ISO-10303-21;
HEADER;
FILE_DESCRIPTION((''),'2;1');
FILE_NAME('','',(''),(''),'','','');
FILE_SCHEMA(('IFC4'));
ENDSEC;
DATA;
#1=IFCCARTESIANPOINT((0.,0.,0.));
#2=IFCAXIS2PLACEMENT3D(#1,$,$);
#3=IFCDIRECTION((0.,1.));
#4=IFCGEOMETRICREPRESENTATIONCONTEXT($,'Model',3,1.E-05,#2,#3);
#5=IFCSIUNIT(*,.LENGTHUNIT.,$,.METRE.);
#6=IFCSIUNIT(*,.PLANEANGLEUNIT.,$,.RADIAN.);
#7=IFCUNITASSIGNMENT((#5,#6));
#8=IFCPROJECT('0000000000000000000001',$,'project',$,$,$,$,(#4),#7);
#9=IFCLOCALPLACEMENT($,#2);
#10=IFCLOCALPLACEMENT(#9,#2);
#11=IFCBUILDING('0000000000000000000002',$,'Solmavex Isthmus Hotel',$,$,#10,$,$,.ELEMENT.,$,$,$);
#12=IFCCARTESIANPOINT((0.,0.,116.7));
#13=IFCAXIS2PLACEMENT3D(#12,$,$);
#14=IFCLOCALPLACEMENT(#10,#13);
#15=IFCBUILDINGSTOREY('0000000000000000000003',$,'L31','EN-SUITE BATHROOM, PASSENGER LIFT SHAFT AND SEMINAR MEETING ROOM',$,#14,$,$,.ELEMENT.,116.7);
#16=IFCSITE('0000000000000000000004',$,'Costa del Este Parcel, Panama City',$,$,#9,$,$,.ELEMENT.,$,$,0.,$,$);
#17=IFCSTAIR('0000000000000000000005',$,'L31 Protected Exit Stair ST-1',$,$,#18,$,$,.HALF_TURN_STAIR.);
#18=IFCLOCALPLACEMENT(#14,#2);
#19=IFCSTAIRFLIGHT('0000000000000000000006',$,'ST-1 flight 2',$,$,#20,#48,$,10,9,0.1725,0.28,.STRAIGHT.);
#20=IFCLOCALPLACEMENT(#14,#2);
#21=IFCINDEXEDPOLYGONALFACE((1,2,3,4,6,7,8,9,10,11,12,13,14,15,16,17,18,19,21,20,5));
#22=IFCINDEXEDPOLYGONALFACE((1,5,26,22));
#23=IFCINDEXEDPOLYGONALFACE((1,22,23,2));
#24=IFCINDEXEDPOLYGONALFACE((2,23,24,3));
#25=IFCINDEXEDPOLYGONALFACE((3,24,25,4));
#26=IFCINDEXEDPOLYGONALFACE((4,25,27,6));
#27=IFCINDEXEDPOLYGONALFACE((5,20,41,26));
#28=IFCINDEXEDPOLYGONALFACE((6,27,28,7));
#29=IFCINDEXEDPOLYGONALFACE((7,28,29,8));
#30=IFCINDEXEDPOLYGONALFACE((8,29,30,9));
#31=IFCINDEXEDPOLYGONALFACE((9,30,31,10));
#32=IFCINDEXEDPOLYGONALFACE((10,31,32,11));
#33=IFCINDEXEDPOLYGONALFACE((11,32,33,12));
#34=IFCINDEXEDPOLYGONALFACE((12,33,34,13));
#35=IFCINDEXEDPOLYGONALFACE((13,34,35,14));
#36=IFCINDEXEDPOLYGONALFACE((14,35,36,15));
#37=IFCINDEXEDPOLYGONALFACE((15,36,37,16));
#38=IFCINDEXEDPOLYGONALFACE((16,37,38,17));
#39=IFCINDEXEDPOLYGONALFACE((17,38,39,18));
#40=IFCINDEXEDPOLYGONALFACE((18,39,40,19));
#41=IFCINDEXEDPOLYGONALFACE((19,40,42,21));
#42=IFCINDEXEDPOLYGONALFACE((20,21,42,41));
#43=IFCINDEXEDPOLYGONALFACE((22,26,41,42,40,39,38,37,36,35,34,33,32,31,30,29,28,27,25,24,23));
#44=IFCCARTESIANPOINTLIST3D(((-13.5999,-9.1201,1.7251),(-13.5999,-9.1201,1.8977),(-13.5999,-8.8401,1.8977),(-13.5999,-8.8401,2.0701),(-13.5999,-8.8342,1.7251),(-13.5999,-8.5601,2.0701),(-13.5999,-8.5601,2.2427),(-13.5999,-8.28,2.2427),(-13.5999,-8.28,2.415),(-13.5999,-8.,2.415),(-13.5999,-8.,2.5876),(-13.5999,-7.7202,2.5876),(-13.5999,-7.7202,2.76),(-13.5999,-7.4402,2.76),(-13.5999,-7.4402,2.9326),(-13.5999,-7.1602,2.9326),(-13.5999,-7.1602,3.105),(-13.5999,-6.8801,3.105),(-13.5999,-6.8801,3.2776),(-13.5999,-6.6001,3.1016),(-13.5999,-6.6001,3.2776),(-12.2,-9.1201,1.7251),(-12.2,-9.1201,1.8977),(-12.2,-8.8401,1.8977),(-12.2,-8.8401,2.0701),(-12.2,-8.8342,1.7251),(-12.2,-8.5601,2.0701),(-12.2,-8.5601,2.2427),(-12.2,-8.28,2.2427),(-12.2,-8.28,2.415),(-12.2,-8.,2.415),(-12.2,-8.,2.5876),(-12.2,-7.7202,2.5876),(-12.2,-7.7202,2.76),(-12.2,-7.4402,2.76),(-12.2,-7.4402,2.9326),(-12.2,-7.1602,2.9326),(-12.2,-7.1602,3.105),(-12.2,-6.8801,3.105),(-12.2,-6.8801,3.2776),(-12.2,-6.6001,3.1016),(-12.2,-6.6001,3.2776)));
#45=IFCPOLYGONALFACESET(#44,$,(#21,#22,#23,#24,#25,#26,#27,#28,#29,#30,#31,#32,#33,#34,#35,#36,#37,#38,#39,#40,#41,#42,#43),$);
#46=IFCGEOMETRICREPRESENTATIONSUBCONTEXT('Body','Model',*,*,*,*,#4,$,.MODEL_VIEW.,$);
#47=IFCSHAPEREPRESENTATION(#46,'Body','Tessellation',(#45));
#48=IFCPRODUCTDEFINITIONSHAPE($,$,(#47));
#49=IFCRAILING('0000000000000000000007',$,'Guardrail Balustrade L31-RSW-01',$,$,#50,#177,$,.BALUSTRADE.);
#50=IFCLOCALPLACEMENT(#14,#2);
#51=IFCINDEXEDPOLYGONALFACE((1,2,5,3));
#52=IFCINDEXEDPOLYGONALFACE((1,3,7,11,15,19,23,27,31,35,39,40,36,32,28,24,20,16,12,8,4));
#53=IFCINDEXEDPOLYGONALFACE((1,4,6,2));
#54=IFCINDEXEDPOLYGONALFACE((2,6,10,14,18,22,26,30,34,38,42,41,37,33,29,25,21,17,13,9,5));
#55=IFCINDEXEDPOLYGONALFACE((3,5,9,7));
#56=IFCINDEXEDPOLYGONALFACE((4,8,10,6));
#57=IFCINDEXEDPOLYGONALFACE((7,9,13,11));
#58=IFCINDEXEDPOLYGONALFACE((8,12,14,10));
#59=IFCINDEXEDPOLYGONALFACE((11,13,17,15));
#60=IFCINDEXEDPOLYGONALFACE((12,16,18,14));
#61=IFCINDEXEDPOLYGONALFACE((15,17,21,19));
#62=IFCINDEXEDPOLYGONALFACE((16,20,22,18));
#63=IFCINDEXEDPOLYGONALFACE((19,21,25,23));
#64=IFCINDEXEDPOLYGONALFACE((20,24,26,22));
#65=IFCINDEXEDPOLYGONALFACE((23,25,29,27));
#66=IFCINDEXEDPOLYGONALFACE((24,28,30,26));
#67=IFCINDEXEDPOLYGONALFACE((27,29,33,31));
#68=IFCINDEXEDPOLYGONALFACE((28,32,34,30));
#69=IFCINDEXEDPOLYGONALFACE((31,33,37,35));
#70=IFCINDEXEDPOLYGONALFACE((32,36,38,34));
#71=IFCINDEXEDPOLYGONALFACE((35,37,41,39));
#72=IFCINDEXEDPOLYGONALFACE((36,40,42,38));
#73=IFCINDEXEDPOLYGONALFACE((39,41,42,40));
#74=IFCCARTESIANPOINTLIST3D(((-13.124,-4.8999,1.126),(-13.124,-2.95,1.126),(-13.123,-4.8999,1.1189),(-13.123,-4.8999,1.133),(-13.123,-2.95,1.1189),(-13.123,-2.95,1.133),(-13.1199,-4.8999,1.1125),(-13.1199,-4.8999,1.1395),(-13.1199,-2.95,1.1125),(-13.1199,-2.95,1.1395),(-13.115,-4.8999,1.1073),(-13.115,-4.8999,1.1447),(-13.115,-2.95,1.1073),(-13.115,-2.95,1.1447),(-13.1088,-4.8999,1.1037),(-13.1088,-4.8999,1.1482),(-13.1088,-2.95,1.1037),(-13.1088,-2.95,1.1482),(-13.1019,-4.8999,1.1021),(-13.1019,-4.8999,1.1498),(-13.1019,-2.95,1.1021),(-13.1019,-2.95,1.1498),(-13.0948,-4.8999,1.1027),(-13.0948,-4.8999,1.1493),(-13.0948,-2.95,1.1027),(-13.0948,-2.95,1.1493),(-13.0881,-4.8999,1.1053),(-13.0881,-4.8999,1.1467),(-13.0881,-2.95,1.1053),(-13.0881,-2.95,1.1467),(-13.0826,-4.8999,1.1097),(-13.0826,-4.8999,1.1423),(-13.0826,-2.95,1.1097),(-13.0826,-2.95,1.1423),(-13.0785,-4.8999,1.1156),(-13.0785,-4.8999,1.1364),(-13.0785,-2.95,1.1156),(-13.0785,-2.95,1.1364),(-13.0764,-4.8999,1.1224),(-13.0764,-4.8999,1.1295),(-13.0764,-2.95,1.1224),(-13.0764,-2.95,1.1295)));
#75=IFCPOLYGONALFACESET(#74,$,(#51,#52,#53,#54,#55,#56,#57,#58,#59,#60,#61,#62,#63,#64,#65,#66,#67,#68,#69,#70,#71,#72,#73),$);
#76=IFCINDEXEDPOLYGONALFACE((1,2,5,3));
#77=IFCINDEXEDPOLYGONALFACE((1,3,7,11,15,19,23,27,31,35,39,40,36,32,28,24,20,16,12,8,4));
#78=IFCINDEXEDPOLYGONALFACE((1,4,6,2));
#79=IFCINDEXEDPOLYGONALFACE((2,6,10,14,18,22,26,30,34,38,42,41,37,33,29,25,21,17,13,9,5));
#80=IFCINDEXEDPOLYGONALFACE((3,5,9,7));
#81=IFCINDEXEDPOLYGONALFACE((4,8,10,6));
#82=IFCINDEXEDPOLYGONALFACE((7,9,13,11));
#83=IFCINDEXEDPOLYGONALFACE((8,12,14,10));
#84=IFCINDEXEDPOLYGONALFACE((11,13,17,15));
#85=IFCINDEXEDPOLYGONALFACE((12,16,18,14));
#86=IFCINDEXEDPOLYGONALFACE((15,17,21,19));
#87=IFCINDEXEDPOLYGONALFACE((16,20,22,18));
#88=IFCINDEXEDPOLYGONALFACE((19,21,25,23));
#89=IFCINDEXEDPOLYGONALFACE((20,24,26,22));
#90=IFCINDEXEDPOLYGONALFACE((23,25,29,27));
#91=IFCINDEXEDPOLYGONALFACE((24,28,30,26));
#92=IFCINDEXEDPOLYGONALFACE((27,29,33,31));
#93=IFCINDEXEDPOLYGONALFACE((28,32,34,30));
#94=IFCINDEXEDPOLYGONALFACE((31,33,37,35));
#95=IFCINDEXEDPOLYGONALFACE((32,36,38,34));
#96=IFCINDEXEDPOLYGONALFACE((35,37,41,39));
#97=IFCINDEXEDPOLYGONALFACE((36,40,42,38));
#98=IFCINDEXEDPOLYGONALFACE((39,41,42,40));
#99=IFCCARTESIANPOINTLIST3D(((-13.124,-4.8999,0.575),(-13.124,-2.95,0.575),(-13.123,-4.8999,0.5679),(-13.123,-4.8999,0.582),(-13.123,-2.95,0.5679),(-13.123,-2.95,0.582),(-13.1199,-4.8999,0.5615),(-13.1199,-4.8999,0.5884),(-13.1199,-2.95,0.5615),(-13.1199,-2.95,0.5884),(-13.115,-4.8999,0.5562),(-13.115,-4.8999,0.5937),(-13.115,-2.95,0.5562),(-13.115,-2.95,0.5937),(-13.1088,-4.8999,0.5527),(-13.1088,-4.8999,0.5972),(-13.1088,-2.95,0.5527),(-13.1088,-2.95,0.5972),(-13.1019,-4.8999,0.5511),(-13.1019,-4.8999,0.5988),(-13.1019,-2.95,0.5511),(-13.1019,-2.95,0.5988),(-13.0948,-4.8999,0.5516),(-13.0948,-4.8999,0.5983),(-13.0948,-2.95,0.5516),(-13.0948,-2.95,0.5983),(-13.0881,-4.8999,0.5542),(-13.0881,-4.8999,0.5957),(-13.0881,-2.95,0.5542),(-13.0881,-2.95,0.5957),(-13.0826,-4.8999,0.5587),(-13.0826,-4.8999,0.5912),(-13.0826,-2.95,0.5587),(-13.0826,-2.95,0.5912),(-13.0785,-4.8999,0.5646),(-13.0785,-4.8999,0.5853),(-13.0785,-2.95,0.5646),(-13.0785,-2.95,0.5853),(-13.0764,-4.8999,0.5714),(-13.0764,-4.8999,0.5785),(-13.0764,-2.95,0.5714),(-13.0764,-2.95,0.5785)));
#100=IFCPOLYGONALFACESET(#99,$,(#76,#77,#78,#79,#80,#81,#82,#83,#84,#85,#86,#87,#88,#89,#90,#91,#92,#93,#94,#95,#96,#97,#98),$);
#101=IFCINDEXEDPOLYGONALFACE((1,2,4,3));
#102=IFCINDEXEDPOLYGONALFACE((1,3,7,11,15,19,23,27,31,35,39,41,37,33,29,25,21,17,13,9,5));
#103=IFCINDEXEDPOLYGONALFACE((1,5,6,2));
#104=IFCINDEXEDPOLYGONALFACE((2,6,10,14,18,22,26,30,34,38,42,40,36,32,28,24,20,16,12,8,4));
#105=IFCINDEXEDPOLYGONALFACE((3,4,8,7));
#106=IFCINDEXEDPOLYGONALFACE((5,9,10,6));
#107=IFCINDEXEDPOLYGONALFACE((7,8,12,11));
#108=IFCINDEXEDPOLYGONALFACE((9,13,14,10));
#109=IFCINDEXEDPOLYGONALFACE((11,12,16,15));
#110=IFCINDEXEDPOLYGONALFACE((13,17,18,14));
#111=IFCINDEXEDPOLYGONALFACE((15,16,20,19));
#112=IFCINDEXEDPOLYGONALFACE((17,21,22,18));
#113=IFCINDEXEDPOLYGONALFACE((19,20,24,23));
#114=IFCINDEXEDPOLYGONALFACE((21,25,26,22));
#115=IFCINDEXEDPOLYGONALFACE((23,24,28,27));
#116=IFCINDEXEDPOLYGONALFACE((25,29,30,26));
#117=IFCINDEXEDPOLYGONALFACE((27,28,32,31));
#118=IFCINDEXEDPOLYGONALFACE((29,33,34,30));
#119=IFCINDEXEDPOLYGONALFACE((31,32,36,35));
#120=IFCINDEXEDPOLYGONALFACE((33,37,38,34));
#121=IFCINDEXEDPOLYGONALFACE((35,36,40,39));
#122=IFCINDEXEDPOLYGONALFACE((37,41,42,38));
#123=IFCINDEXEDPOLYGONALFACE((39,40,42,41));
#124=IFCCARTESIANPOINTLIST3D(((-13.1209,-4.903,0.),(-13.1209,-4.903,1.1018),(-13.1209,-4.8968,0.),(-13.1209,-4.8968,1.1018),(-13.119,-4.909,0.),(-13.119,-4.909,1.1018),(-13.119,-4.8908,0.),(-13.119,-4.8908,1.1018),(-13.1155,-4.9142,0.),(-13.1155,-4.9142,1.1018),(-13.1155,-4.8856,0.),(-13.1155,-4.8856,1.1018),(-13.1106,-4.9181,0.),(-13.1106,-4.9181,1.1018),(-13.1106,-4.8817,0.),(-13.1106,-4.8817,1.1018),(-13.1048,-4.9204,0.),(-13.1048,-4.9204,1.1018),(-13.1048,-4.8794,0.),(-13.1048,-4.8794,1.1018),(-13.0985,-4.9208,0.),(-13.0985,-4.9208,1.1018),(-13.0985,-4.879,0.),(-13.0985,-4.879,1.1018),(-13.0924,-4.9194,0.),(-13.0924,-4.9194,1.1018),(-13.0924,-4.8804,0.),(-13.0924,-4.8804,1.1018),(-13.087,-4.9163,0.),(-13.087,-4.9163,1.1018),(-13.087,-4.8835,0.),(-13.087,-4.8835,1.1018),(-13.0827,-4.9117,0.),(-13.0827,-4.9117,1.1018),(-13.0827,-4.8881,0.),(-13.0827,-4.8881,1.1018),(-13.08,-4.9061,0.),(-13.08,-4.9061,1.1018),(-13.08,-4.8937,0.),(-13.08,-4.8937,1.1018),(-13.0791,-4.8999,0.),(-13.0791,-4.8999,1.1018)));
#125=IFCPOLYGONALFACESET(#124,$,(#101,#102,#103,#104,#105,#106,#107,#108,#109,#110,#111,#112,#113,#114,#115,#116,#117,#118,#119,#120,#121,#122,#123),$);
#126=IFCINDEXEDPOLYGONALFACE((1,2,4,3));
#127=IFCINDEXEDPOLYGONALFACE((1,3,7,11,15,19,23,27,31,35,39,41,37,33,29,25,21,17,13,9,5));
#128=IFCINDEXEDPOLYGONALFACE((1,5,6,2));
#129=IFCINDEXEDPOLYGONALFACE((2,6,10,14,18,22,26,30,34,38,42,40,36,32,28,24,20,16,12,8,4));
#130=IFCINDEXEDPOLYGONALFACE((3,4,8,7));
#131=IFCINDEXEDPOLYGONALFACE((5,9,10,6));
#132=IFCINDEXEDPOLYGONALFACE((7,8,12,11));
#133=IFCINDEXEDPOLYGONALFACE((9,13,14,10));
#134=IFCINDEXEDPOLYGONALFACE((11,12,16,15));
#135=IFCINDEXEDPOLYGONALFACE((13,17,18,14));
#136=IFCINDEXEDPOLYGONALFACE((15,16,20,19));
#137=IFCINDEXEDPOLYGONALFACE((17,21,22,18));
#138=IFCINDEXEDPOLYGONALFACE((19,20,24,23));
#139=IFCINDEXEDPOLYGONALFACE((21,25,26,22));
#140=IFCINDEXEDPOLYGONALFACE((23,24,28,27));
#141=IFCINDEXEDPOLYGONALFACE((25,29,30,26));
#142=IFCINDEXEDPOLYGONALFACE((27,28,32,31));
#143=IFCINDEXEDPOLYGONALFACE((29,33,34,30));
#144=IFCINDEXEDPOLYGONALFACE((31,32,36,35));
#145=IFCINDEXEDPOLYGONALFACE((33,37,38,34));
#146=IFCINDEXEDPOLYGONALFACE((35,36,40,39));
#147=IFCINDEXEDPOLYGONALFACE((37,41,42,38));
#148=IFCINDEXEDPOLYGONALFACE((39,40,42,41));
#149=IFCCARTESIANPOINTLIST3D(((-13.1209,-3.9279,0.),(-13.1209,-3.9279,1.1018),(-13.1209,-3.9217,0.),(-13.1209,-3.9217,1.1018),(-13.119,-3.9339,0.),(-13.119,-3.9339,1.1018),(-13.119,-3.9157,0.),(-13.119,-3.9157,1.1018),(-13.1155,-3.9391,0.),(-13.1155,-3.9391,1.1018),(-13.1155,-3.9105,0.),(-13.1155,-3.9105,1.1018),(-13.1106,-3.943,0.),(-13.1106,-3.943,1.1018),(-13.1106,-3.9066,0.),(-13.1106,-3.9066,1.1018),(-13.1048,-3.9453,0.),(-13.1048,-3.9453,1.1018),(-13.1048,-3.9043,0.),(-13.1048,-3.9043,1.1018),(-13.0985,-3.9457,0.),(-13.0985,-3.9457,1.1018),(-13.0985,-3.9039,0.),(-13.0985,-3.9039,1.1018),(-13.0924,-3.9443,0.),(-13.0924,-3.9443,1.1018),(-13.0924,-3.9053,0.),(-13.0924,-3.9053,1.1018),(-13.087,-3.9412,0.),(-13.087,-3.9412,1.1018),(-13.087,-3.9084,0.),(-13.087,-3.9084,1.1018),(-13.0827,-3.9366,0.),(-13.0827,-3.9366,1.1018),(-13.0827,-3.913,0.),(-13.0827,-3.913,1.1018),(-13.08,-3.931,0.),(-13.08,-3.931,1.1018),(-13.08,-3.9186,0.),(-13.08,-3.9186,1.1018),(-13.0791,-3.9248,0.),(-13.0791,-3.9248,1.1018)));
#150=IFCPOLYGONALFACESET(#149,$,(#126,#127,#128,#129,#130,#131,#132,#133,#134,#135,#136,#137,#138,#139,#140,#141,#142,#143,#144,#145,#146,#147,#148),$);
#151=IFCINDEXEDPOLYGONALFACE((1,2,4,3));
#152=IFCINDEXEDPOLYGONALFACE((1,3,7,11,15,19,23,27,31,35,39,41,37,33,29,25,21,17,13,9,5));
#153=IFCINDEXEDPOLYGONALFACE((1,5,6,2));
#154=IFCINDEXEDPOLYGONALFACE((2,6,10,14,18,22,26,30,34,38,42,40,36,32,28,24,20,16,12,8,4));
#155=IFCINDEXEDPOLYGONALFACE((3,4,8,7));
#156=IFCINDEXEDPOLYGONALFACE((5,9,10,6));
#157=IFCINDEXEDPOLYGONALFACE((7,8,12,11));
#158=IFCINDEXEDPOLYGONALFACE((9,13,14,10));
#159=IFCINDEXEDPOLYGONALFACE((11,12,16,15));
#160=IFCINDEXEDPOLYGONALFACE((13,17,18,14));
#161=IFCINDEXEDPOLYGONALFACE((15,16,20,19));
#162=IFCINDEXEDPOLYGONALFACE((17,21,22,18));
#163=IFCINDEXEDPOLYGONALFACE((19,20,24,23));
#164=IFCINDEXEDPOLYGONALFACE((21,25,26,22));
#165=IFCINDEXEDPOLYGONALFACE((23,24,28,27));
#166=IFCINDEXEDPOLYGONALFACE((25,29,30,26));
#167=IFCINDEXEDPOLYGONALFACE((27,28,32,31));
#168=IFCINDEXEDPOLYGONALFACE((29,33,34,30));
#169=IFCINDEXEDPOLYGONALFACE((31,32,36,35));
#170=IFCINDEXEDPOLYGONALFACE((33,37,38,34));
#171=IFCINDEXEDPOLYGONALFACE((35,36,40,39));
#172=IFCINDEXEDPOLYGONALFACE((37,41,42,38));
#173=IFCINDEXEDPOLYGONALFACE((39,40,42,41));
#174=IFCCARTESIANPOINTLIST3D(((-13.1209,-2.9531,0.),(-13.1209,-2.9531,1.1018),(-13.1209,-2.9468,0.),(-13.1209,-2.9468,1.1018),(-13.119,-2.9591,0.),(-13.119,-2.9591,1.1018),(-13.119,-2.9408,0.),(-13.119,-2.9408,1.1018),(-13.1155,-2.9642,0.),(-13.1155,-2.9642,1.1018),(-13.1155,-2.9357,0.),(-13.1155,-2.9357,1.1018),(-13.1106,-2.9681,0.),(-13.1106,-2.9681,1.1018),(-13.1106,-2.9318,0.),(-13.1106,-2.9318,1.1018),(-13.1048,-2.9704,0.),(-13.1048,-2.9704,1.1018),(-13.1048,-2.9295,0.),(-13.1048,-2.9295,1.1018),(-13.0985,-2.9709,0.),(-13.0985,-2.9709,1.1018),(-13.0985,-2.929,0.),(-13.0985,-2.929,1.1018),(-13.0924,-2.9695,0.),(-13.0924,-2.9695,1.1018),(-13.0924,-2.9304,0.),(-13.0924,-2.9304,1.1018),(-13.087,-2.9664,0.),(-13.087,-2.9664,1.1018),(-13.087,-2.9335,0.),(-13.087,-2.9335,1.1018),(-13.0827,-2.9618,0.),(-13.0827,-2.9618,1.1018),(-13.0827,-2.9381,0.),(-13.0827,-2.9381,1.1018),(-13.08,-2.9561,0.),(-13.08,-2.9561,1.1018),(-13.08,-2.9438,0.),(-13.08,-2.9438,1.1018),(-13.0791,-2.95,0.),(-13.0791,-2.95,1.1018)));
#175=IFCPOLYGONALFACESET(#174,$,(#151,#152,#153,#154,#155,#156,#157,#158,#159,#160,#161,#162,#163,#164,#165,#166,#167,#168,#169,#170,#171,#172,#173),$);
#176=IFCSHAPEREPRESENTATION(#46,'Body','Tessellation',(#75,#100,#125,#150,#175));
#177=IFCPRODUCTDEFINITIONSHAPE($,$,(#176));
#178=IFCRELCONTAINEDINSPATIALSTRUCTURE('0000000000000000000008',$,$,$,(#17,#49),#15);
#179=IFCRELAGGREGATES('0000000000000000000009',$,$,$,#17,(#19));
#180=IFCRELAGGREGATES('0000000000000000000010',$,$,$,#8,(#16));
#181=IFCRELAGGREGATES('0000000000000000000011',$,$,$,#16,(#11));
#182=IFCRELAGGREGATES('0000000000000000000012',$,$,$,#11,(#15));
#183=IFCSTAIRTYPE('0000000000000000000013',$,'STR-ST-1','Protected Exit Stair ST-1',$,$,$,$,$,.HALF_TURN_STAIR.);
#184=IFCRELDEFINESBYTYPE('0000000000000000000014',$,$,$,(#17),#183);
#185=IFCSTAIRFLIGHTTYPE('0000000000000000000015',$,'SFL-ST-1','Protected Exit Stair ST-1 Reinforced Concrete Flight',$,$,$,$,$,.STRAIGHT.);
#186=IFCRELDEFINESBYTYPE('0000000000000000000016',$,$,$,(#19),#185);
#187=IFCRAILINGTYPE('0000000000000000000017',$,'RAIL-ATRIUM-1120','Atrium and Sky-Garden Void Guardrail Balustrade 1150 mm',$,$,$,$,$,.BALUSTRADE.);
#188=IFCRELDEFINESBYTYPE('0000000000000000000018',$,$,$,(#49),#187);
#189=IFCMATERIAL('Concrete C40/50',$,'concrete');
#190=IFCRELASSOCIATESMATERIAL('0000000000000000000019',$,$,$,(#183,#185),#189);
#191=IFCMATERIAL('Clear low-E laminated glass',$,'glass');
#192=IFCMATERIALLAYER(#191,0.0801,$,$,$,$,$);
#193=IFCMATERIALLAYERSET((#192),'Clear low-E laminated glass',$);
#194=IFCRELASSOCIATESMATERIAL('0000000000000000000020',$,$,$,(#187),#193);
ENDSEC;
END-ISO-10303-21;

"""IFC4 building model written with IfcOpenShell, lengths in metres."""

from ifc_helpers import new_model, si_unit, direction, frame, origin, origin_2d, place, context, subcontext, project, spatial, polyline, circle, outline, extrude, material, layer, layer_set, type_object, element, aggregate, save


model = new_model("IFC4")

# Units and contexts
model_context = context("Model", 3, precision=1e-05, world=origin(), true_north=direction((0.0, 1.0)))
body_context = subcontext(model_context, "Body", "Model", "MODEL_VIEW")
ifc_project = project(units=[si_unit("LENGTHUNIT", "METRE"), si_unit("PLANEANGLEUNIT", "RADIAN")], contexts=[model_context])

# Site, building, storey
site_placement = place(None, origin())
site = spatial("IfcSite", under=ifc_project, at=site_placement, Name="Costa del Este Parcel, Panama City", CompositionType="ELEMENT", RefElevation=0.0)
building_placement = place(site_placement, origin())
building = spatial("IfcBuilding", under=site, at=building_placement, Name="Solmavex Isthmus Hotel", CompositionType="ELEMENT")
storey_placement = place(building_placement, frame((0.0, 0.0, 116.7)))
storey = spatial("IfcBuildingStorey", under=building, at=storey_placement, Name="L31", Description="EN-SUITE BATHROOM, PASSENGER LIFT SHAFT AND SEMINAR MEETING ROOM", CompositionType="ELEMENT", Elevation=116.7)

# Shared definitions
ifc_material_1 = material(Name="Clear low-E laminated glass", Category="glass")

# Shared definitions
ifc_material_2 = material(Name="Concrete C40/50", Category="concrete")

# Stair, stair flight
stair_type = type_object("IfcStairType", Name="STR-ST-1", Description="Protected Exit Stair ST-1", PredefinedType="HALF_TURN_STAIR", material=ifc_material_2)
stair_placement = place(storey_placement, origin())
stair = element("IfcStair", 1, at=stair_placement, inside=storey, type_object=stair_type, Name="L31 Protected Exit Stair ST-1", PredefinedType="HALF_TURN_STAIR")
stair_flight_type = type_object("IfcStairFlightType", Name="SFL-ST-1", Description="Protected Exit Stair ST-1 Reinforced Concrete Flight", PredefinedType="STRAIGHT", material=ifc_material_2)
stair_flight_1_placement = place(storey_placement, frame((-12.8999, -9.1201, 1.7251), z_axis=(0.0, 0.0, 1.0), x_axis=(0.0, 1.0, 0.0)))
stair_flight_1 = element("IfcStairFlight", 2, at=stair_flight_1_placement, type_object=stair_flight_type, Name="ST-1 flight 2", NumberOfRisers=10, NumberOfTreads=9, PredefinedType="STRAIGHT", RiserHeight=0.1725, TreadLength=0.28, context=body_context, shape_type="SweptSolid", body=[
    extrude(outline(polyline([(0.0, 0.0), (0.0, 0.1726), (0.28, 0.1726), (0.28, 0.345), (0.5601, 0.345), (0.5601, 0.5176), (0.8401, 0.5176), (0.8401, 0.6899), (1.1201, 0.6899), (1.1201, 0.8625), (1.3999, 0.8625), (1.3999, 1.0349), (1.6799, 1.0349), (1.6799, 1.2075), (1.96, 1.2075), (1.96, 1.3799), (2.24, 1.3799), (2.24, 1.5525), (2.52, 1.5525), (2.52, 1.7251), (2.52, 1.3765), (0.2859, 0.0), (0.0, 0.0)])), frame((0.0, 0.7, 0.0), z_axis=(0.0, -1.0, 0.0), x_axis=(1.0, 0.0, 0.0)), (0.0, 0.0, 1.0), 1.3999),
])
aggregate(stair, [stair_flight_1])

# Railing
ifc_layer_1 = layer(ifc_material_1, 0.0801)
ifc_layer_set_1 = layer_set([ifc_layer_1], Name="Clear low-E laminated glass")
railing_type_1 = type_object("IfcRailingType", Name="RAIL-ATRIUM-1120", Description="Atrium and Sky-Garden Void Guardrail Balustrade 1150 mm", PredefinedType="BALUSTRADE", material=ifc_layer_set_1)
railing_1_placement = place(storey_placement, frame((-13.1001, -4.8999, 0.0)))
element("IfcRailing", 3, at=railing_1_placement, inside=storey, type_object=railing_type_1, Name="Guardrail Balustrade L31-RSW-01", PredefinedType="BALUSTRADE", context=body_context, shape_type="SweptSolid", body=[
    extrude(circle(Radius=0.0239, at=origin_2d()), frame((0.0, 0.0, 1.126), z_axis=(0.0, 1.0, 0.0), x_axis=(-1.0, 0.0, 0.0)), (0.0, 0.0, 1.0), 1.95),
    extrude(circle(Radius=0.0239, at=origin_2d()), frame((0.0, 0.0, 0.575), z_axis=(0.0, 1.0, 0.0), x_axis=(-1.0, 0.0, 0.0)), (0.0, 0.0, 1.0), 1.95),
    extrude(circle(Radius=0.021, at=origin_2d()), origin(), (0.0, 0.0, 1.0), 1.1018),
    extrude(circle(Radius=0.021, at=origin_2d()), frame((0.0, 0.9751, 0.0)), (0.0, 0.0, 1.0), 1.1018),
    extrude(circle(Radius=0.021, at=origin_2d()), frame((0.0, 1.95, 0.0)), (0.0, 0.0, 1.0), 1.1018),
])

save(model, "model.ifc")
